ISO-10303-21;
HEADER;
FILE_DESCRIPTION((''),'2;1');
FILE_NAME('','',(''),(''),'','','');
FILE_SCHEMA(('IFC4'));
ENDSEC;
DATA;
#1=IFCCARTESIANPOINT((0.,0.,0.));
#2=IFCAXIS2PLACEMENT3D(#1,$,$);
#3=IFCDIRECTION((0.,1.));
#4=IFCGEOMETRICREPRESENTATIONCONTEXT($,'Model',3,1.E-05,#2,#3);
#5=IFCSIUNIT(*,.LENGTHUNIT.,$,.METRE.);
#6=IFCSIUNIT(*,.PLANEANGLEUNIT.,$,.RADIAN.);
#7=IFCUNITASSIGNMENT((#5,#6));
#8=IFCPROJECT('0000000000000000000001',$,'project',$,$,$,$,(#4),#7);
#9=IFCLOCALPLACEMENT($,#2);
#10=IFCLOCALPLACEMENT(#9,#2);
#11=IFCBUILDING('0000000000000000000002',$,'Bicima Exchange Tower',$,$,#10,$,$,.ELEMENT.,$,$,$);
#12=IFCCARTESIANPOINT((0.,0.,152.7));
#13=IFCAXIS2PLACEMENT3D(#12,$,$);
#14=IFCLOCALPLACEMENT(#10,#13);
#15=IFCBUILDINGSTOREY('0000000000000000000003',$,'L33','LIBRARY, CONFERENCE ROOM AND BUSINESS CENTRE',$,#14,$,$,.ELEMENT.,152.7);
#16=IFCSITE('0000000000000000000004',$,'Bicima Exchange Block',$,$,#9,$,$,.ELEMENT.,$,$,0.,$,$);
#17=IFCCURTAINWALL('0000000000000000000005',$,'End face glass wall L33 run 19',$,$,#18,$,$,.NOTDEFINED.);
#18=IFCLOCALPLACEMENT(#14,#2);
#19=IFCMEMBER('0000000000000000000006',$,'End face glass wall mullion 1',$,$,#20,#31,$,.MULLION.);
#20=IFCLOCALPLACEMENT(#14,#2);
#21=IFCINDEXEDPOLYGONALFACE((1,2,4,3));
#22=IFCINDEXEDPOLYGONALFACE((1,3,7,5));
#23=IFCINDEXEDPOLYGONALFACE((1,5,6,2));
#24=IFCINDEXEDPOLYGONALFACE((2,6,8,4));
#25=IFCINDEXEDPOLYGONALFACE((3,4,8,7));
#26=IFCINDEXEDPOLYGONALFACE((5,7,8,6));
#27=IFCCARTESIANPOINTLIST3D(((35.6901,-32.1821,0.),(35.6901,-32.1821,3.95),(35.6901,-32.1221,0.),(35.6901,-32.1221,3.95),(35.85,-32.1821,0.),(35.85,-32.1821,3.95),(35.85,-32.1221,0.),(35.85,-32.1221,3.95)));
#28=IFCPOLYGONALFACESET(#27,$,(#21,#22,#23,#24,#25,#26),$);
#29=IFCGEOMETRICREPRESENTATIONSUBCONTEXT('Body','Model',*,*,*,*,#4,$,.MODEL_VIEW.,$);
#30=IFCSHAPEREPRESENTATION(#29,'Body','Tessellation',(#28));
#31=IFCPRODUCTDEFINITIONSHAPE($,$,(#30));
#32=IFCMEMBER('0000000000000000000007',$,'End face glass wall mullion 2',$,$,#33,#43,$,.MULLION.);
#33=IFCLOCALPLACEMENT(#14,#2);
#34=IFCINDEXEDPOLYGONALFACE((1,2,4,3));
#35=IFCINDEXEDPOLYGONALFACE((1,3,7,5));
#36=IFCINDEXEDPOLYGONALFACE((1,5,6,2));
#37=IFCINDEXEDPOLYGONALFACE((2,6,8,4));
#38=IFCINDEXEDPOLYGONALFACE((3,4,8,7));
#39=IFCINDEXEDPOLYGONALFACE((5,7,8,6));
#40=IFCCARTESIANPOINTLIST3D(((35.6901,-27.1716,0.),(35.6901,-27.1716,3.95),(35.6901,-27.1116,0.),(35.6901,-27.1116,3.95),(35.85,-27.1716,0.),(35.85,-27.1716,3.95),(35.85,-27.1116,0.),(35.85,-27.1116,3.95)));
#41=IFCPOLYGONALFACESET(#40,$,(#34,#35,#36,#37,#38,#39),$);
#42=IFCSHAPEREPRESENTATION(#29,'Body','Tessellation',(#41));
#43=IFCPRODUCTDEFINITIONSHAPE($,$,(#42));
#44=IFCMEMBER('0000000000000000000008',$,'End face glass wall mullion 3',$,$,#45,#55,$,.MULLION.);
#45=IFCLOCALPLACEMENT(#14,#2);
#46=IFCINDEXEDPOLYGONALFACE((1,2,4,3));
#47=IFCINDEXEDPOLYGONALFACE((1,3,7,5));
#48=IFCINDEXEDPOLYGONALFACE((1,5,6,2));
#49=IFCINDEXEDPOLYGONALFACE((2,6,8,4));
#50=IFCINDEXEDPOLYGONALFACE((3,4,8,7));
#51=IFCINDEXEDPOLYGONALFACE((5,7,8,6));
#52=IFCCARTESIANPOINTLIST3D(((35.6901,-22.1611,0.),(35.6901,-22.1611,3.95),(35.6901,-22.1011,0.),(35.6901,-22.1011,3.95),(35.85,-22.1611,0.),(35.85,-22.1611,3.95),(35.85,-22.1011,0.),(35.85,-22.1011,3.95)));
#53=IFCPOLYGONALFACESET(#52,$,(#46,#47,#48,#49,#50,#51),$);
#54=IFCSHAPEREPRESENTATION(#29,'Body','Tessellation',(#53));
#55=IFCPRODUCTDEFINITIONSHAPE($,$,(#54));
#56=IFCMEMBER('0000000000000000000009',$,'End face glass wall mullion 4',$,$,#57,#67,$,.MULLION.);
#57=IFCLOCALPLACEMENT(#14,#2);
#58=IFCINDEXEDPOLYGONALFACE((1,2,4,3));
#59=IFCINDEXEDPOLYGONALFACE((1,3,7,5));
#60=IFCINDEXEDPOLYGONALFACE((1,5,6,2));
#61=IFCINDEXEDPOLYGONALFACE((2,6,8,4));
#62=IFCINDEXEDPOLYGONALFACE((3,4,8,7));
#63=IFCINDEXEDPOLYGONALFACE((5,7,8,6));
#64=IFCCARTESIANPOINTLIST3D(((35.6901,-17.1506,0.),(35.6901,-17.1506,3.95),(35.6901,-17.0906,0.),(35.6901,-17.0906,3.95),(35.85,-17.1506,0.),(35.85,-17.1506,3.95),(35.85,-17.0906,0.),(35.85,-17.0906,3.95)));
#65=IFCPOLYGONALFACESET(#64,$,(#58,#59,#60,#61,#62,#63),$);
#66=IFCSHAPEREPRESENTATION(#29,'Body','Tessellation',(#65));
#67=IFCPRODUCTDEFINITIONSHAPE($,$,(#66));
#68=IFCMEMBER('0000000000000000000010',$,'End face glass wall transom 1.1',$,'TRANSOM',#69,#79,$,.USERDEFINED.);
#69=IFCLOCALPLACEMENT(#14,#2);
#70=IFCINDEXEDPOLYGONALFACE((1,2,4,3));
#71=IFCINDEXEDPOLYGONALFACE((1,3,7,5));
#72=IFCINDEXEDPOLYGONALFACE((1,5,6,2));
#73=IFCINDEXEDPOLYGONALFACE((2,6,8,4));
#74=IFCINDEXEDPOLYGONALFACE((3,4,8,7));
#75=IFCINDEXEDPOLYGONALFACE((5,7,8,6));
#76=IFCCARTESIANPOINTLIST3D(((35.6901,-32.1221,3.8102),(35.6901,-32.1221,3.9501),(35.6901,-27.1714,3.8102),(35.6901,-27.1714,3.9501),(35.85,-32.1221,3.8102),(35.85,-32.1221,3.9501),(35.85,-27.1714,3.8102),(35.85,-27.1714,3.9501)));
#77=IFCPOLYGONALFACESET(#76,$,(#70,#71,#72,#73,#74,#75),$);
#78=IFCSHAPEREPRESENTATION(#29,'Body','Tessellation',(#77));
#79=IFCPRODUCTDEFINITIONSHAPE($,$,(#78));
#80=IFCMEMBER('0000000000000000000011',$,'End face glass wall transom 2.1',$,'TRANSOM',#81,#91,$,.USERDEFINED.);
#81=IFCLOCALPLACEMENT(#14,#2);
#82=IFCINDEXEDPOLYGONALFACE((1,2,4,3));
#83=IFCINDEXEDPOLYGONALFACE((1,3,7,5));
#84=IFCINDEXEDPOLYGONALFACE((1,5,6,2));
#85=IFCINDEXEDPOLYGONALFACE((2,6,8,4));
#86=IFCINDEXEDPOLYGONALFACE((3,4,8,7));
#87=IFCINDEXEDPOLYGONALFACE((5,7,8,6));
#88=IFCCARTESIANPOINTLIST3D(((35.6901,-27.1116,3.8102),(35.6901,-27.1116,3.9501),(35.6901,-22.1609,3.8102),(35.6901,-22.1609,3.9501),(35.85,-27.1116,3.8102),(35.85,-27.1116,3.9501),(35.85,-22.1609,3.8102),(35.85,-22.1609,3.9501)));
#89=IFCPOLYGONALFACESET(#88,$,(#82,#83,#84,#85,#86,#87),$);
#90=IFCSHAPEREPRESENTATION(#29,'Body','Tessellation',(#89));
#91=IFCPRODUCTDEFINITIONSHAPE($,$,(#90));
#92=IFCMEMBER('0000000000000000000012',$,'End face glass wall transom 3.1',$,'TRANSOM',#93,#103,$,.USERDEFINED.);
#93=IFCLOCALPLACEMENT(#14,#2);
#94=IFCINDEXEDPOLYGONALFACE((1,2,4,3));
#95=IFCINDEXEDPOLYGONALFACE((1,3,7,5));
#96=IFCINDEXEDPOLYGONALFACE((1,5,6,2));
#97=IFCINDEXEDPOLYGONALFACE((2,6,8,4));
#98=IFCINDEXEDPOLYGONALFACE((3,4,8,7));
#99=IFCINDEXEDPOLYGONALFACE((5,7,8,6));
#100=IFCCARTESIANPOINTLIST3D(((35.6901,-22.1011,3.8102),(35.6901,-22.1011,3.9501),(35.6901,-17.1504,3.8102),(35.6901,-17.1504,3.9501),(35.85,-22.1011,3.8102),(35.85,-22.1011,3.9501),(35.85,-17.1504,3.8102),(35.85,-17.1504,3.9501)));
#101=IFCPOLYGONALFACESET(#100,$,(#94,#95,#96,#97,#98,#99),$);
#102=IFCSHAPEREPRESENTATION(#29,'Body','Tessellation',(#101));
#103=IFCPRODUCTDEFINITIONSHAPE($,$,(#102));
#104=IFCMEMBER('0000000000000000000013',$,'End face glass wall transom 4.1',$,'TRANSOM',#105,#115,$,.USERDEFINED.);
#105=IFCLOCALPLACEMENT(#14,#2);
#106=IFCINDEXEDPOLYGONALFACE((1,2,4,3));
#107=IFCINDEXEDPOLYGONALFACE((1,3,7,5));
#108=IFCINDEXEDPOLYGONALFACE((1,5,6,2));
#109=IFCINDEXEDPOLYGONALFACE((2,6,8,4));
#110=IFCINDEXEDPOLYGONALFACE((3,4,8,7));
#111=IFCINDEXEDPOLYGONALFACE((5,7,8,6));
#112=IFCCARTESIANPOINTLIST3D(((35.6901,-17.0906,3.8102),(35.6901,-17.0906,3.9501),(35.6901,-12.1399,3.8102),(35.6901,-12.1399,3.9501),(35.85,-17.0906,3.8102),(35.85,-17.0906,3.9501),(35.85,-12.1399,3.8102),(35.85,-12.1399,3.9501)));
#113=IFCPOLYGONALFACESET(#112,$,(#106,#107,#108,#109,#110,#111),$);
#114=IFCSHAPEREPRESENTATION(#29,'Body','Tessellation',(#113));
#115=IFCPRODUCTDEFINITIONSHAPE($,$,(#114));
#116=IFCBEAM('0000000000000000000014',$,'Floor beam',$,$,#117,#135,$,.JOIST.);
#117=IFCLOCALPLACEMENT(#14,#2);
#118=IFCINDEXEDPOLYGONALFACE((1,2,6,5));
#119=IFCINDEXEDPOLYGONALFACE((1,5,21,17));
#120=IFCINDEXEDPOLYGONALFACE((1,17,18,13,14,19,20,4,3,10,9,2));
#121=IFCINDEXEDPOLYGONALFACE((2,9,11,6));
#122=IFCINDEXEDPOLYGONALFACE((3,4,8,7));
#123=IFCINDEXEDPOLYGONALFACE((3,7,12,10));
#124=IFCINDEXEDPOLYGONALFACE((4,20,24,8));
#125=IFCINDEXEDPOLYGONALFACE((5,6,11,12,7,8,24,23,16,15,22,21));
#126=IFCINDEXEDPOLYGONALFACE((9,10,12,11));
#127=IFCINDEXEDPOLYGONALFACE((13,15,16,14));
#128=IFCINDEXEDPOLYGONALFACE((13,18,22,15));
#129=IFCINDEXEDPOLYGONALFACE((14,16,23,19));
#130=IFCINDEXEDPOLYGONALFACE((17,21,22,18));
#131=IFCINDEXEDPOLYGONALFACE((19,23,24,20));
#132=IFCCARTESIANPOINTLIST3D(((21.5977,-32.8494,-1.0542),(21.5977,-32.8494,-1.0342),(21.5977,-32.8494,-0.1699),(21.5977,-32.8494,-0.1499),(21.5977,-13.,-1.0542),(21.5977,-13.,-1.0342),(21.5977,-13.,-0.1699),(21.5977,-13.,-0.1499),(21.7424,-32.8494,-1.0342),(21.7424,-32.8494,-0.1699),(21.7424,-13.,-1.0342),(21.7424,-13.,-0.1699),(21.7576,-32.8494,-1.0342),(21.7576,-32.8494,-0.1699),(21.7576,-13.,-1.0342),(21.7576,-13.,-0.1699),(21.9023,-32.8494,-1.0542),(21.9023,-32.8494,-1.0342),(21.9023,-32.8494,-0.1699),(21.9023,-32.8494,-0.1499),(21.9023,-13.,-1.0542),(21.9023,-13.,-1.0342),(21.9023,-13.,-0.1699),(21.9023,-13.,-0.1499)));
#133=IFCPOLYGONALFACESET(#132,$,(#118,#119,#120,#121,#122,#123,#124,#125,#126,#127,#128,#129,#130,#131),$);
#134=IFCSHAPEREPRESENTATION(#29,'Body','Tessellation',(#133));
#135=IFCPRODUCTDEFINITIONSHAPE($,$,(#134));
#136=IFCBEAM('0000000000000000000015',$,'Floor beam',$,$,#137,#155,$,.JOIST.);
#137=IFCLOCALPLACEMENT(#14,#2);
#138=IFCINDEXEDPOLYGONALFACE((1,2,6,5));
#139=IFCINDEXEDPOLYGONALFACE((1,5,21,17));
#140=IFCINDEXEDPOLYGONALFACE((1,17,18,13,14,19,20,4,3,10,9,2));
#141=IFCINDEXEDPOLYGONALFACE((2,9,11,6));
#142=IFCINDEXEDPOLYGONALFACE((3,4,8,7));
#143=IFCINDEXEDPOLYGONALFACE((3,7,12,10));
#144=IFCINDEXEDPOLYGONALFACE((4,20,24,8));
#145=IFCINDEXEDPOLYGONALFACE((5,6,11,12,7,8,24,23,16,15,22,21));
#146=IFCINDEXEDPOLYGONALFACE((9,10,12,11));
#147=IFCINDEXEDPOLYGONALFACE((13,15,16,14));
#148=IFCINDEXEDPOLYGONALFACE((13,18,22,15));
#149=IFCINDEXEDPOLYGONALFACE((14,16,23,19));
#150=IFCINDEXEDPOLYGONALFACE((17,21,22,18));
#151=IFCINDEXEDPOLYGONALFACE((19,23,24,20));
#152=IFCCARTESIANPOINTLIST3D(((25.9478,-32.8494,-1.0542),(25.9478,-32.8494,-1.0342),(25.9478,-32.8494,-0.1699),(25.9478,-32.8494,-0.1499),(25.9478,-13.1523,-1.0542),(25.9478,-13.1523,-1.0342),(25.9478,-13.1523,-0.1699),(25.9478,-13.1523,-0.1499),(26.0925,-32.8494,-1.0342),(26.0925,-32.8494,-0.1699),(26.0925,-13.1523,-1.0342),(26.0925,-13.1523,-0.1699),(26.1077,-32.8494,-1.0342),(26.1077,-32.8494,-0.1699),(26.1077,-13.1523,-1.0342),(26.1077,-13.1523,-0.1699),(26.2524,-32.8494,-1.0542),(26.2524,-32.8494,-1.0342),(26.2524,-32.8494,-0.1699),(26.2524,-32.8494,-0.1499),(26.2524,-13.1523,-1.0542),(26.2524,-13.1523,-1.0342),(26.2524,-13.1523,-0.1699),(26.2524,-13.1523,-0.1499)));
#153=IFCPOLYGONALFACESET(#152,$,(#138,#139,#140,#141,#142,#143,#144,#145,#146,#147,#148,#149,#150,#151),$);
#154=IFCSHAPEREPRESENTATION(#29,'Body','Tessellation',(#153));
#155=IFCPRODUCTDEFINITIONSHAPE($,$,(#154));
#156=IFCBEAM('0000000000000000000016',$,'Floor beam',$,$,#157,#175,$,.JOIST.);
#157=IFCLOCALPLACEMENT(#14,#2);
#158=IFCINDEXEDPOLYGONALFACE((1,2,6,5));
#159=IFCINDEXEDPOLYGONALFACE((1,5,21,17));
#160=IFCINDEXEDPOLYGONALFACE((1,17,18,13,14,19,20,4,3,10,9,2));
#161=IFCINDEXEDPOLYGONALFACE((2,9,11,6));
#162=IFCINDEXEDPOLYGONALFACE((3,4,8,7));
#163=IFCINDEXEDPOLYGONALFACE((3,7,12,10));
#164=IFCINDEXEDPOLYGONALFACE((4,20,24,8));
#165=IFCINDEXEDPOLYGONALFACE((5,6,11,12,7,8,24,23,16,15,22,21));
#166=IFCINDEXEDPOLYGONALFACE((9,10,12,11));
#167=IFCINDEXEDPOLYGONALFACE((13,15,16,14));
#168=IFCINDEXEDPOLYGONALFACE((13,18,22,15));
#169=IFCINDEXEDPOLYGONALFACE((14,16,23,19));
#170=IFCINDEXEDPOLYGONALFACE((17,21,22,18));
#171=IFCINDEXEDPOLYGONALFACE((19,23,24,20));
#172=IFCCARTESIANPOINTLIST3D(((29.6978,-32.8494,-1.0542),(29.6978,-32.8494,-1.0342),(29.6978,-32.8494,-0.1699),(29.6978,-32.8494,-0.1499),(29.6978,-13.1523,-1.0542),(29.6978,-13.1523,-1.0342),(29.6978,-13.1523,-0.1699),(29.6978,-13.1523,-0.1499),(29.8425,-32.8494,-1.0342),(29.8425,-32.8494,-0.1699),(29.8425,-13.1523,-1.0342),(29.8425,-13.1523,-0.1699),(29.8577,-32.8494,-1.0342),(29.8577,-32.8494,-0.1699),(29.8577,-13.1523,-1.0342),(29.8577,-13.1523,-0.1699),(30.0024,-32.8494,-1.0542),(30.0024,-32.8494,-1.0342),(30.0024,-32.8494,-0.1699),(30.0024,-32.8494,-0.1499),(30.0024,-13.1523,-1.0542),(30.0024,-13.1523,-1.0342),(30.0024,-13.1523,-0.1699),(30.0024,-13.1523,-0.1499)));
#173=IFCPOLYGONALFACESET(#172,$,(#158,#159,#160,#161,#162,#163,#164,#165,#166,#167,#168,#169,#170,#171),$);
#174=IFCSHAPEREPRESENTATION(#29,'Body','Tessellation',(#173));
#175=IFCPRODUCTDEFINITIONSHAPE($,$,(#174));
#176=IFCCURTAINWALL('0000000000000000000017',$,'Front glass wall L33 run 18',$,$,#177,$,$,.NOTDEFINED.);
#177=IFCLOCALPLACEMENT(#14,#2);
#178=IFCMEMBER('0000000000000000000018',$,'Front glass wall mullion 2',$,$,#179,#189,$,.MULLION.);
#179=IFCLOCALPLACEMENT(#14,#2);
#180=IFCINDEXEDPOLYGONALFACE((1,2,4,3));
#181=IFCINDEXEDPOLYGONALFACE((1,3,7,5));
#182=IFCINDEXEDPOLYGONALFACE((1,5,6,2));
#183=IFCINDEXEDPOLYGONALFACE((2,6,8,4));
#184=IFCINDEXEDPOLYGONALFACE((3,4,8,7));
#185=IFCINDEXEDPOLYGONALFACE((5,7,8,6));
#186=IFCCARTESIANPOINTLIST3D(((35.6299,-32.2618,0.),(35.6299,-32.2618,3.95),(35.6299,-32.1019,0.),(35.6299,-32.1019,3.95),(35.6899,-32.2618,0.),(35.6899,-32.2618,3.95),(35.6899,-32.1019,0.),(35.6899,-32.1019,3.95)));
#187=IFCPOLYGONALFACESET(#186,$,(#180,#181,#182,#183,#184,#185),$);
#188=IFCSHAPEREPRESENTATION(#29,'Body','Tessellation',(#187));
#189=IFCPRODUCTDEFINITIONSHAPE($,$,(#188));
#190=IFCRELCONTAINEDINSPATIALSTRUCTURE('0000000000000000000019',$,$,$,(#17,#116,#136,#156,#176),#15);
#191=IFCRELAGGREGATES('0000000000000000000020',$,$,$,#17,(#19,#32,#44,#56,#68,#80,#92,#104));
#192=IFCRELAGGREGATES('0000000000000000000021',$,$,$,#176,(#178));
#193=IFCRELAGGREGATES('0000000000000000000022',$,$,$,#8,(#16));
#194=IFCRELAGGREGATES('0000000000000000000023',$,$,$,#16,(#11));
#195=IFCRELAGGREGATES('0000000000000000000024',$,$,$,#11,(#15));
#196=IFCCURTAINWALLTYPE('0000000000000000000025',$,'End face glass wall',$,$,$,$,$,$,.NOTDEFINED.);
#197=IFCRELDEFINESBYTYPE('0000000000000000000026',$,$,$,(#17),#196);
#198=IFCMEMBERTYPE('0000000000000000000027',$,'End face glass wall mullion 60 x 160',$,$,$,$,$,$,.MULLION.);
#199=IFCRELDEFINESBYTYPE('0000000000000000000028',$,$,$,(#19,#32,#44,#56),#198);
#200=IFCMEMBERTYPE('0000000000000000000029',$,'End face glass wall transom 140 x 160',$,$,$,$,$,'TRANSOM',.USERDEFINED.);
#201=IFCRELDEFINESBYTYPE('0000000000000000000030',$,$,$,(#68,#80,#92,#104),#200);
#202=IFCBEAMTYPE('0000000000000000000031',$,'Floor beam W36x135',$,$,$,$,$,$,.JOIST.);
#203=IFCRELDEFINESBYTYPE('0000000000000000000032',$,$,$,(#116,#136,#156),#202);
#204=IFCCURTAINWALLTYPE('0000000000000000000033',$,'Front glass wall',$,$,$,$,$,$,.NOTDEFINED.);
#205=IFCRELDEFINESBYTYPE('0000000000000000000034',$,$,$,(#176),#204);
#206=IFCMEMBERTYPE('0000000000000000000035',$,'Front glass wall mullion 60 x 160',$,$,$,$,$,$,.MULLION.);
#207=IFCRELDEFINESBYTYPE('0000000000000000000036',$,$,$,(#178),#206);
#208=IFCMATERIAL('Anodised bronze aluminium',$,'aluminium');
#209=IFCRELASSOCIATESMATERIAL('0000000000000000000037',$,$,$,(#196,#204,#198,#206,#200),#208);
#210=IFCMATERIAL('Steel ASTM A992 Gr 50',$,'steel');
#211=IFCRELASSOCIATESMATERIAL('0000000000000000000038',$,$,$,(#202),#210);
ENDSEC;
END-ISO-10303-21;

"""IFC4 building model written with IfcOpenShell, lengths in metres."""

from ifc_helpers import new_model, si_unit, direction, frame, origin, origin_2d, place, context, subcontext, project, spatial, rectangle, i_section, extrude, material, material_profile, profile_set, type_object, element, aggregate, save


model = new_model("IFC4")

# Units and contexts
model_context = context("Model", 3, precision=1e-05, world=origin(), true_north=direction((0.0, 1.0)))
body_context = subcontext(model_context, "Body", "Model", "MODEL_VIEW")
ifc_project = project(units=[si_unit("LENGTHUNIT", "METRE"), si_unit("PLANEANGLEUNIT", "RADIAN")], contexts=[model_context])

# Site, building, storey
site_placement = place(None, origin())
site = spatial("IfcSite", under=ifc_project, at=site_placement, Name="Bicima Exchange Block", CompositionType="ELEMENT", RefElevation=0.0)
building_placement = place(site_placement, origin())
building = spatial("IfcBuilding", under=site, at=building_placement, Name="Bicima Exchange Tower", CompositionType="ELEMENT")
storey_placement = place(building_placement, frame((0.0, 0.0, 152.7)))
storey = spatial("IfcBuildingStorey", under=building, at=storey_placement, Name="L33", Description="LIBRARY, CONFERENCE ROOM AND BUSINESS CENTRE", CompositionType="ELEMENT", Elevation=152.7)

# Curtain wall, members
ifc_material_1 = material(Name="Anodised bronze aluminium", Category="aluminium")
curtain_wall_type_1 = type_object("IfcCurtainWallType", Name="End face glass wall", PredefinedType="NOTDEFINED", material=ifc_material_1)
curtain_wall_1_placement = place(storey_placement, origin())
curtain_wall_1 = element("IfcCurtainWall", 1, at=curtain_wall_1_placement, inside=storey, type_object=curtain_wall_type_1, Name="End face glass wall L33 run 19", PredefinedType="NOTDEFINED")
ifc_material_profile_1 = material_profile(ifc_material_1, rectangle(XDim=0.1599, YDim=0.0601, at=origin_2d()))
ifc_profile_set_1 = profile_set([ifc_material_profile_1], Name="Anodised bronze aluminium")
member_type_1 = type_object("IfcMemberType", Name="End face glass wall mullion 60 x 160", PredefinedType="MULLION", material=ifc_profile_set_1)
member_1_placement = place(storey_placement, frame((35.77, -32.1521, 0.0), z_axis=(0.0, 0.0, 1.0), x_axis=(-1.0, 0.0, 0.0)))
member_1 = element("IfcMember", 2, at=member_1_placement, type_object=member_type_1, Name="End face glass wall mullion 1", PredefinedType="MULLION", context=body_context, shape_type="SweptSolid", body=[
    extrude(rectangle(XDim=0.1599, YDim=0.0601, at=origin_2d()), origin(), (0.0, 0.0, 1.0), 3.95),
])
member_2_placement = place(storey_placement, frame((35.77, -27.1416, 0.0), z_axis=(0.0, 0.0, 1.0), x_axis=(-1.0, 0.0, 0.0)))
member_2 = element("IfcMember", 3, at=member_2_placement, type_object=member_type_1, Name="End face glass wall mullion 2", PredefinedType="MULLION", context=body_context, shape_type="SweptSolid", body=[
    extrude(rectangle(XDim=0.1599, YDim=0.0601, at=origin_2d()), origin(), (0.0, 0.0, 1.0), 3.95),
])
member_3_placement = place(storey_placement, frame((35.77, -22.1311, 0.0), z_axis=(0.0, 0.0, 1.0), x_axis=(-1.0, 0.0, 0.0)))
member_3 = element("IfcMember", 4, at=member_3_placement, type_object=member_type_1, Name="End face glass wall mullion 3", PredefinedType="MULLION", context=body_context, shape_type="SweptSolid", body=[
    extrude(rectangle(XDim=0.1599, YDim=0.0601, at=origin_2d()), origin(), (0.0, 0.0, 1.0), 3.95),
])
member_4_placement = place(storey_placement, frame((35.77, -17.1206, 0.0), z_axis=(0.0, 0.0, 1.0), x_axis=(-1.0, 0.0, 0.0)))
member_4 = element("IfcMember", 5, at=member_4_placement, type_object=member_type_1, Name="End face glass wall mullion 4", PredefinedType="MULLION", context=body_context, shape_type="SweptSolid", body=[
    extrude(rectangle(XDim=0.1599, YDim=0.0601, at=origin_2d()), origin(), (0.0, 0.0, 1.0), 3.95),
])
ifc_material_profile_2 = material_profile(ifc_material_1, rectangle(XDim=0.1599, YDim=0.1399, at=origin_2d()))
ifc_profile_set_2 = profile_set([ifc_material_profile_2], Name="Anodised bronze aluminium")
member_type_2 = type_object("IfcMemberType", Name="End face glass wall transom 140 x 160", ElementType="TRANSOM", PredefinedType="USERDEFINED", material=ifc_profile_set_2)
member_5_placement = place(storey_placement, frame((35.77, -32.1221, 3.8801), z_axis=(0.0, 1.0, 0.0), x_axis=(-1.0, 0.0, 0.0)))
member_5 = element("IfcMember", 6, at=member_5_placement, type_object=member_type_2, Name="End face glass wall transom 1.1", ObjectType="TRANSOM", PredefinedType="USERDEFINED", context=body_context, shape_type="SweptSolid", body=[
    extrude(rectangle(XDim=0.1599, YDim=0.1399, at=origin_2d()), origin(), (0.0, 0.0, 1.0), 4.9507),
])
member_6_placement = place(storey_placement, frame((35.77, -27.1116, 3.8801), z_axis=(0.0, 1.0, 0.0), x_axis=(-1.0, 0.0, 0.0)))
member_6 = element("IfcMember", 7, at=member_6_placement, type_object=member_type_2, Name="End face glass wall transom 2.1", ObjectType="TRANSOM", PredefinedType="USERDEFINED", context=body_context, shape_type="SweptSolid", body=[
    extrude(rectangle(XDim=0.1599, YDim=0.1399, at=origin_2d()), origin(), (0.0, 0.0, 1.0), 4.9507),
])
member_7_placement = place(storey_placement, frame((35.77, -22.1011, 3.8801), z_axis=(0.0, 1.0, 0.0), x_axis=(-1.0, 0.0, 0.0)))
member_7 = element("IfcMember", 8, at=member_7_placement, type_object=member_type_2, Name="End face glass wall transom 3.1", ObjectType="TRANSOM", PredefinedType="USERDEFINED", context=body_context, shape_type="SweptSolid", body=[
    extrude(rectangle(XDim=0.1599, YDim=0.1399, at=origin_2d()), origin(), (0.0, 0.0, 1.0), 4.9507),
])
member_8_placement = place(storey_placement, frame((35.77, -17.0906, 3.8801), z_axis=(0.0, 1.0, 0.0), x_axis=(-1.0, 0.0, 0.0)))
member_8 = element("IfcMember", 9, at=member_8_placement, type_object=member_type_2, Name="End face glass wall transom 4.1", ObjectType="TRANSOM", PredefinedType="USERDEFINED", context=body_context, shape_type="SweptSolid", body=[
    extrude(rectangle(XDim=0.1599, YDim=0.1399, at=origin_2d()), origin(), (0.0, 0.0, 1.0), 4.9507),
])

# Beams
ifc_material_2 = material(Name="Steel ASTM A992 Gr 50", Category="steel")
ifc_material_profile_3 = material_profile(ifc_material_2, i_section(OverallWidth=0.3047, OverallDepth=0.9043, WebThickness=0.0151, FlangeThickness=0.02, at=origin_2d()))
ifc_profile_set_3 = profile_set([ifc_material_profile_3], Name="Steel ASTM A992 Gr 50")
beam_type = type_object("IfcBeamType", Name="Floor beam W36x135", PredefinedType="JOIST", material=ifc_profile_set_3)
beam_placement = place(storey_placement, frame((21.75, -13.0, -0.6021), z_axis=(0.0, -1.0, 0.0), x_axis=(1.0, 0.0, 0.0)))
element("IfcBeam", 10, at=beam_placement, inside=storey, type_object=beam_type, Name="Floor beam", PredefinedType="JOIST", context=body_context, shape_type="SweptSolid", body=[
    extrude(i_section(OverallWidth=0.3047, OverallDepth=0.9043, WebThickness=0.0151, FlangeThickness=0.02, at=origin_2d()), origin(), (0.0, 0.0, 1.0), 19.8494),
])
for number, where, z_axis, x_axis, name in (
    (11, (26.1001, -13.1523, -0.6021), (0.0, -1.0, 0.0), (1.0, 0.0, 0.0), "Floor beam"),
    (12, (29.8501, -13.1523, -0.6021), (0.0, -1.0, 0.0), (1.0, 0.0, 0.0), "Floor beam"),
):
    element("IfcBeam", number, at=place(storey_placement, frame(where, z_axis=z_axis, x_axis=x_axis)), inside=storey, type_object=beam_type, Name=name, PredefinedType="JOIST", context=body_context, shape_type="SweptSolid", body=[
        extrude(i_section(OverallWidth=0.3047, OverallDepth=0.9043, WebThickness=0.0151, FlangeThickness=0.02, at=origin_2d()), origin(), (0.0, 0.0, 1.0), 19.697),
    ])

# Curtain wall, member
curtain_wall_type_2 = type_object("IfcCurtainWallType", Name="Front glass wall", PredefinedType="NOTDEFINED", material=ifc_material_1)
curtain_wall_2_placement = place(storey_placement, origin())
curtain_wall_2 = element("IfcCurtainWall", 13, at=curtain_wall_2_placement, inside=storey, type_object=curtain_wall_type_2, Name="Front glass wall L33 run 18", PredefinedType="NOTDEFINED")
member_type_3 = type_object("IfcMemberType", Name="Front glass wall mullion 60 x 160", PredefinedType="MULLION", material=ifc_profile_set_1)
member_9_placement = place(storey_placement, frame((35.6599, -32.1819, 0.0), z_axis=(0.0, 0.0, 1.0), x_axis=(0.0, 1.0, 0.0)))
member_9 = element("IfcMember", 14, at=member_9_placement, type_object=member_type_3, Name="Front glass wall mullion 2", PredefinedType="MULLION", context=body_context, shape_type="SweptSolid", body=[
    extrude(rectangle(XDim=0.1599, YDim=0.0601, at=origin_2d()), origin(), (0.0, 0.0, 1.0), 3.95),
])

aggregate(curtain_wall_1, [member_1, member_2, member_3, member_4, member_5, member_6, member_7, member_8])
aggregate(curtain_wall_2, [member_9])

save(model, "model.ifc")
